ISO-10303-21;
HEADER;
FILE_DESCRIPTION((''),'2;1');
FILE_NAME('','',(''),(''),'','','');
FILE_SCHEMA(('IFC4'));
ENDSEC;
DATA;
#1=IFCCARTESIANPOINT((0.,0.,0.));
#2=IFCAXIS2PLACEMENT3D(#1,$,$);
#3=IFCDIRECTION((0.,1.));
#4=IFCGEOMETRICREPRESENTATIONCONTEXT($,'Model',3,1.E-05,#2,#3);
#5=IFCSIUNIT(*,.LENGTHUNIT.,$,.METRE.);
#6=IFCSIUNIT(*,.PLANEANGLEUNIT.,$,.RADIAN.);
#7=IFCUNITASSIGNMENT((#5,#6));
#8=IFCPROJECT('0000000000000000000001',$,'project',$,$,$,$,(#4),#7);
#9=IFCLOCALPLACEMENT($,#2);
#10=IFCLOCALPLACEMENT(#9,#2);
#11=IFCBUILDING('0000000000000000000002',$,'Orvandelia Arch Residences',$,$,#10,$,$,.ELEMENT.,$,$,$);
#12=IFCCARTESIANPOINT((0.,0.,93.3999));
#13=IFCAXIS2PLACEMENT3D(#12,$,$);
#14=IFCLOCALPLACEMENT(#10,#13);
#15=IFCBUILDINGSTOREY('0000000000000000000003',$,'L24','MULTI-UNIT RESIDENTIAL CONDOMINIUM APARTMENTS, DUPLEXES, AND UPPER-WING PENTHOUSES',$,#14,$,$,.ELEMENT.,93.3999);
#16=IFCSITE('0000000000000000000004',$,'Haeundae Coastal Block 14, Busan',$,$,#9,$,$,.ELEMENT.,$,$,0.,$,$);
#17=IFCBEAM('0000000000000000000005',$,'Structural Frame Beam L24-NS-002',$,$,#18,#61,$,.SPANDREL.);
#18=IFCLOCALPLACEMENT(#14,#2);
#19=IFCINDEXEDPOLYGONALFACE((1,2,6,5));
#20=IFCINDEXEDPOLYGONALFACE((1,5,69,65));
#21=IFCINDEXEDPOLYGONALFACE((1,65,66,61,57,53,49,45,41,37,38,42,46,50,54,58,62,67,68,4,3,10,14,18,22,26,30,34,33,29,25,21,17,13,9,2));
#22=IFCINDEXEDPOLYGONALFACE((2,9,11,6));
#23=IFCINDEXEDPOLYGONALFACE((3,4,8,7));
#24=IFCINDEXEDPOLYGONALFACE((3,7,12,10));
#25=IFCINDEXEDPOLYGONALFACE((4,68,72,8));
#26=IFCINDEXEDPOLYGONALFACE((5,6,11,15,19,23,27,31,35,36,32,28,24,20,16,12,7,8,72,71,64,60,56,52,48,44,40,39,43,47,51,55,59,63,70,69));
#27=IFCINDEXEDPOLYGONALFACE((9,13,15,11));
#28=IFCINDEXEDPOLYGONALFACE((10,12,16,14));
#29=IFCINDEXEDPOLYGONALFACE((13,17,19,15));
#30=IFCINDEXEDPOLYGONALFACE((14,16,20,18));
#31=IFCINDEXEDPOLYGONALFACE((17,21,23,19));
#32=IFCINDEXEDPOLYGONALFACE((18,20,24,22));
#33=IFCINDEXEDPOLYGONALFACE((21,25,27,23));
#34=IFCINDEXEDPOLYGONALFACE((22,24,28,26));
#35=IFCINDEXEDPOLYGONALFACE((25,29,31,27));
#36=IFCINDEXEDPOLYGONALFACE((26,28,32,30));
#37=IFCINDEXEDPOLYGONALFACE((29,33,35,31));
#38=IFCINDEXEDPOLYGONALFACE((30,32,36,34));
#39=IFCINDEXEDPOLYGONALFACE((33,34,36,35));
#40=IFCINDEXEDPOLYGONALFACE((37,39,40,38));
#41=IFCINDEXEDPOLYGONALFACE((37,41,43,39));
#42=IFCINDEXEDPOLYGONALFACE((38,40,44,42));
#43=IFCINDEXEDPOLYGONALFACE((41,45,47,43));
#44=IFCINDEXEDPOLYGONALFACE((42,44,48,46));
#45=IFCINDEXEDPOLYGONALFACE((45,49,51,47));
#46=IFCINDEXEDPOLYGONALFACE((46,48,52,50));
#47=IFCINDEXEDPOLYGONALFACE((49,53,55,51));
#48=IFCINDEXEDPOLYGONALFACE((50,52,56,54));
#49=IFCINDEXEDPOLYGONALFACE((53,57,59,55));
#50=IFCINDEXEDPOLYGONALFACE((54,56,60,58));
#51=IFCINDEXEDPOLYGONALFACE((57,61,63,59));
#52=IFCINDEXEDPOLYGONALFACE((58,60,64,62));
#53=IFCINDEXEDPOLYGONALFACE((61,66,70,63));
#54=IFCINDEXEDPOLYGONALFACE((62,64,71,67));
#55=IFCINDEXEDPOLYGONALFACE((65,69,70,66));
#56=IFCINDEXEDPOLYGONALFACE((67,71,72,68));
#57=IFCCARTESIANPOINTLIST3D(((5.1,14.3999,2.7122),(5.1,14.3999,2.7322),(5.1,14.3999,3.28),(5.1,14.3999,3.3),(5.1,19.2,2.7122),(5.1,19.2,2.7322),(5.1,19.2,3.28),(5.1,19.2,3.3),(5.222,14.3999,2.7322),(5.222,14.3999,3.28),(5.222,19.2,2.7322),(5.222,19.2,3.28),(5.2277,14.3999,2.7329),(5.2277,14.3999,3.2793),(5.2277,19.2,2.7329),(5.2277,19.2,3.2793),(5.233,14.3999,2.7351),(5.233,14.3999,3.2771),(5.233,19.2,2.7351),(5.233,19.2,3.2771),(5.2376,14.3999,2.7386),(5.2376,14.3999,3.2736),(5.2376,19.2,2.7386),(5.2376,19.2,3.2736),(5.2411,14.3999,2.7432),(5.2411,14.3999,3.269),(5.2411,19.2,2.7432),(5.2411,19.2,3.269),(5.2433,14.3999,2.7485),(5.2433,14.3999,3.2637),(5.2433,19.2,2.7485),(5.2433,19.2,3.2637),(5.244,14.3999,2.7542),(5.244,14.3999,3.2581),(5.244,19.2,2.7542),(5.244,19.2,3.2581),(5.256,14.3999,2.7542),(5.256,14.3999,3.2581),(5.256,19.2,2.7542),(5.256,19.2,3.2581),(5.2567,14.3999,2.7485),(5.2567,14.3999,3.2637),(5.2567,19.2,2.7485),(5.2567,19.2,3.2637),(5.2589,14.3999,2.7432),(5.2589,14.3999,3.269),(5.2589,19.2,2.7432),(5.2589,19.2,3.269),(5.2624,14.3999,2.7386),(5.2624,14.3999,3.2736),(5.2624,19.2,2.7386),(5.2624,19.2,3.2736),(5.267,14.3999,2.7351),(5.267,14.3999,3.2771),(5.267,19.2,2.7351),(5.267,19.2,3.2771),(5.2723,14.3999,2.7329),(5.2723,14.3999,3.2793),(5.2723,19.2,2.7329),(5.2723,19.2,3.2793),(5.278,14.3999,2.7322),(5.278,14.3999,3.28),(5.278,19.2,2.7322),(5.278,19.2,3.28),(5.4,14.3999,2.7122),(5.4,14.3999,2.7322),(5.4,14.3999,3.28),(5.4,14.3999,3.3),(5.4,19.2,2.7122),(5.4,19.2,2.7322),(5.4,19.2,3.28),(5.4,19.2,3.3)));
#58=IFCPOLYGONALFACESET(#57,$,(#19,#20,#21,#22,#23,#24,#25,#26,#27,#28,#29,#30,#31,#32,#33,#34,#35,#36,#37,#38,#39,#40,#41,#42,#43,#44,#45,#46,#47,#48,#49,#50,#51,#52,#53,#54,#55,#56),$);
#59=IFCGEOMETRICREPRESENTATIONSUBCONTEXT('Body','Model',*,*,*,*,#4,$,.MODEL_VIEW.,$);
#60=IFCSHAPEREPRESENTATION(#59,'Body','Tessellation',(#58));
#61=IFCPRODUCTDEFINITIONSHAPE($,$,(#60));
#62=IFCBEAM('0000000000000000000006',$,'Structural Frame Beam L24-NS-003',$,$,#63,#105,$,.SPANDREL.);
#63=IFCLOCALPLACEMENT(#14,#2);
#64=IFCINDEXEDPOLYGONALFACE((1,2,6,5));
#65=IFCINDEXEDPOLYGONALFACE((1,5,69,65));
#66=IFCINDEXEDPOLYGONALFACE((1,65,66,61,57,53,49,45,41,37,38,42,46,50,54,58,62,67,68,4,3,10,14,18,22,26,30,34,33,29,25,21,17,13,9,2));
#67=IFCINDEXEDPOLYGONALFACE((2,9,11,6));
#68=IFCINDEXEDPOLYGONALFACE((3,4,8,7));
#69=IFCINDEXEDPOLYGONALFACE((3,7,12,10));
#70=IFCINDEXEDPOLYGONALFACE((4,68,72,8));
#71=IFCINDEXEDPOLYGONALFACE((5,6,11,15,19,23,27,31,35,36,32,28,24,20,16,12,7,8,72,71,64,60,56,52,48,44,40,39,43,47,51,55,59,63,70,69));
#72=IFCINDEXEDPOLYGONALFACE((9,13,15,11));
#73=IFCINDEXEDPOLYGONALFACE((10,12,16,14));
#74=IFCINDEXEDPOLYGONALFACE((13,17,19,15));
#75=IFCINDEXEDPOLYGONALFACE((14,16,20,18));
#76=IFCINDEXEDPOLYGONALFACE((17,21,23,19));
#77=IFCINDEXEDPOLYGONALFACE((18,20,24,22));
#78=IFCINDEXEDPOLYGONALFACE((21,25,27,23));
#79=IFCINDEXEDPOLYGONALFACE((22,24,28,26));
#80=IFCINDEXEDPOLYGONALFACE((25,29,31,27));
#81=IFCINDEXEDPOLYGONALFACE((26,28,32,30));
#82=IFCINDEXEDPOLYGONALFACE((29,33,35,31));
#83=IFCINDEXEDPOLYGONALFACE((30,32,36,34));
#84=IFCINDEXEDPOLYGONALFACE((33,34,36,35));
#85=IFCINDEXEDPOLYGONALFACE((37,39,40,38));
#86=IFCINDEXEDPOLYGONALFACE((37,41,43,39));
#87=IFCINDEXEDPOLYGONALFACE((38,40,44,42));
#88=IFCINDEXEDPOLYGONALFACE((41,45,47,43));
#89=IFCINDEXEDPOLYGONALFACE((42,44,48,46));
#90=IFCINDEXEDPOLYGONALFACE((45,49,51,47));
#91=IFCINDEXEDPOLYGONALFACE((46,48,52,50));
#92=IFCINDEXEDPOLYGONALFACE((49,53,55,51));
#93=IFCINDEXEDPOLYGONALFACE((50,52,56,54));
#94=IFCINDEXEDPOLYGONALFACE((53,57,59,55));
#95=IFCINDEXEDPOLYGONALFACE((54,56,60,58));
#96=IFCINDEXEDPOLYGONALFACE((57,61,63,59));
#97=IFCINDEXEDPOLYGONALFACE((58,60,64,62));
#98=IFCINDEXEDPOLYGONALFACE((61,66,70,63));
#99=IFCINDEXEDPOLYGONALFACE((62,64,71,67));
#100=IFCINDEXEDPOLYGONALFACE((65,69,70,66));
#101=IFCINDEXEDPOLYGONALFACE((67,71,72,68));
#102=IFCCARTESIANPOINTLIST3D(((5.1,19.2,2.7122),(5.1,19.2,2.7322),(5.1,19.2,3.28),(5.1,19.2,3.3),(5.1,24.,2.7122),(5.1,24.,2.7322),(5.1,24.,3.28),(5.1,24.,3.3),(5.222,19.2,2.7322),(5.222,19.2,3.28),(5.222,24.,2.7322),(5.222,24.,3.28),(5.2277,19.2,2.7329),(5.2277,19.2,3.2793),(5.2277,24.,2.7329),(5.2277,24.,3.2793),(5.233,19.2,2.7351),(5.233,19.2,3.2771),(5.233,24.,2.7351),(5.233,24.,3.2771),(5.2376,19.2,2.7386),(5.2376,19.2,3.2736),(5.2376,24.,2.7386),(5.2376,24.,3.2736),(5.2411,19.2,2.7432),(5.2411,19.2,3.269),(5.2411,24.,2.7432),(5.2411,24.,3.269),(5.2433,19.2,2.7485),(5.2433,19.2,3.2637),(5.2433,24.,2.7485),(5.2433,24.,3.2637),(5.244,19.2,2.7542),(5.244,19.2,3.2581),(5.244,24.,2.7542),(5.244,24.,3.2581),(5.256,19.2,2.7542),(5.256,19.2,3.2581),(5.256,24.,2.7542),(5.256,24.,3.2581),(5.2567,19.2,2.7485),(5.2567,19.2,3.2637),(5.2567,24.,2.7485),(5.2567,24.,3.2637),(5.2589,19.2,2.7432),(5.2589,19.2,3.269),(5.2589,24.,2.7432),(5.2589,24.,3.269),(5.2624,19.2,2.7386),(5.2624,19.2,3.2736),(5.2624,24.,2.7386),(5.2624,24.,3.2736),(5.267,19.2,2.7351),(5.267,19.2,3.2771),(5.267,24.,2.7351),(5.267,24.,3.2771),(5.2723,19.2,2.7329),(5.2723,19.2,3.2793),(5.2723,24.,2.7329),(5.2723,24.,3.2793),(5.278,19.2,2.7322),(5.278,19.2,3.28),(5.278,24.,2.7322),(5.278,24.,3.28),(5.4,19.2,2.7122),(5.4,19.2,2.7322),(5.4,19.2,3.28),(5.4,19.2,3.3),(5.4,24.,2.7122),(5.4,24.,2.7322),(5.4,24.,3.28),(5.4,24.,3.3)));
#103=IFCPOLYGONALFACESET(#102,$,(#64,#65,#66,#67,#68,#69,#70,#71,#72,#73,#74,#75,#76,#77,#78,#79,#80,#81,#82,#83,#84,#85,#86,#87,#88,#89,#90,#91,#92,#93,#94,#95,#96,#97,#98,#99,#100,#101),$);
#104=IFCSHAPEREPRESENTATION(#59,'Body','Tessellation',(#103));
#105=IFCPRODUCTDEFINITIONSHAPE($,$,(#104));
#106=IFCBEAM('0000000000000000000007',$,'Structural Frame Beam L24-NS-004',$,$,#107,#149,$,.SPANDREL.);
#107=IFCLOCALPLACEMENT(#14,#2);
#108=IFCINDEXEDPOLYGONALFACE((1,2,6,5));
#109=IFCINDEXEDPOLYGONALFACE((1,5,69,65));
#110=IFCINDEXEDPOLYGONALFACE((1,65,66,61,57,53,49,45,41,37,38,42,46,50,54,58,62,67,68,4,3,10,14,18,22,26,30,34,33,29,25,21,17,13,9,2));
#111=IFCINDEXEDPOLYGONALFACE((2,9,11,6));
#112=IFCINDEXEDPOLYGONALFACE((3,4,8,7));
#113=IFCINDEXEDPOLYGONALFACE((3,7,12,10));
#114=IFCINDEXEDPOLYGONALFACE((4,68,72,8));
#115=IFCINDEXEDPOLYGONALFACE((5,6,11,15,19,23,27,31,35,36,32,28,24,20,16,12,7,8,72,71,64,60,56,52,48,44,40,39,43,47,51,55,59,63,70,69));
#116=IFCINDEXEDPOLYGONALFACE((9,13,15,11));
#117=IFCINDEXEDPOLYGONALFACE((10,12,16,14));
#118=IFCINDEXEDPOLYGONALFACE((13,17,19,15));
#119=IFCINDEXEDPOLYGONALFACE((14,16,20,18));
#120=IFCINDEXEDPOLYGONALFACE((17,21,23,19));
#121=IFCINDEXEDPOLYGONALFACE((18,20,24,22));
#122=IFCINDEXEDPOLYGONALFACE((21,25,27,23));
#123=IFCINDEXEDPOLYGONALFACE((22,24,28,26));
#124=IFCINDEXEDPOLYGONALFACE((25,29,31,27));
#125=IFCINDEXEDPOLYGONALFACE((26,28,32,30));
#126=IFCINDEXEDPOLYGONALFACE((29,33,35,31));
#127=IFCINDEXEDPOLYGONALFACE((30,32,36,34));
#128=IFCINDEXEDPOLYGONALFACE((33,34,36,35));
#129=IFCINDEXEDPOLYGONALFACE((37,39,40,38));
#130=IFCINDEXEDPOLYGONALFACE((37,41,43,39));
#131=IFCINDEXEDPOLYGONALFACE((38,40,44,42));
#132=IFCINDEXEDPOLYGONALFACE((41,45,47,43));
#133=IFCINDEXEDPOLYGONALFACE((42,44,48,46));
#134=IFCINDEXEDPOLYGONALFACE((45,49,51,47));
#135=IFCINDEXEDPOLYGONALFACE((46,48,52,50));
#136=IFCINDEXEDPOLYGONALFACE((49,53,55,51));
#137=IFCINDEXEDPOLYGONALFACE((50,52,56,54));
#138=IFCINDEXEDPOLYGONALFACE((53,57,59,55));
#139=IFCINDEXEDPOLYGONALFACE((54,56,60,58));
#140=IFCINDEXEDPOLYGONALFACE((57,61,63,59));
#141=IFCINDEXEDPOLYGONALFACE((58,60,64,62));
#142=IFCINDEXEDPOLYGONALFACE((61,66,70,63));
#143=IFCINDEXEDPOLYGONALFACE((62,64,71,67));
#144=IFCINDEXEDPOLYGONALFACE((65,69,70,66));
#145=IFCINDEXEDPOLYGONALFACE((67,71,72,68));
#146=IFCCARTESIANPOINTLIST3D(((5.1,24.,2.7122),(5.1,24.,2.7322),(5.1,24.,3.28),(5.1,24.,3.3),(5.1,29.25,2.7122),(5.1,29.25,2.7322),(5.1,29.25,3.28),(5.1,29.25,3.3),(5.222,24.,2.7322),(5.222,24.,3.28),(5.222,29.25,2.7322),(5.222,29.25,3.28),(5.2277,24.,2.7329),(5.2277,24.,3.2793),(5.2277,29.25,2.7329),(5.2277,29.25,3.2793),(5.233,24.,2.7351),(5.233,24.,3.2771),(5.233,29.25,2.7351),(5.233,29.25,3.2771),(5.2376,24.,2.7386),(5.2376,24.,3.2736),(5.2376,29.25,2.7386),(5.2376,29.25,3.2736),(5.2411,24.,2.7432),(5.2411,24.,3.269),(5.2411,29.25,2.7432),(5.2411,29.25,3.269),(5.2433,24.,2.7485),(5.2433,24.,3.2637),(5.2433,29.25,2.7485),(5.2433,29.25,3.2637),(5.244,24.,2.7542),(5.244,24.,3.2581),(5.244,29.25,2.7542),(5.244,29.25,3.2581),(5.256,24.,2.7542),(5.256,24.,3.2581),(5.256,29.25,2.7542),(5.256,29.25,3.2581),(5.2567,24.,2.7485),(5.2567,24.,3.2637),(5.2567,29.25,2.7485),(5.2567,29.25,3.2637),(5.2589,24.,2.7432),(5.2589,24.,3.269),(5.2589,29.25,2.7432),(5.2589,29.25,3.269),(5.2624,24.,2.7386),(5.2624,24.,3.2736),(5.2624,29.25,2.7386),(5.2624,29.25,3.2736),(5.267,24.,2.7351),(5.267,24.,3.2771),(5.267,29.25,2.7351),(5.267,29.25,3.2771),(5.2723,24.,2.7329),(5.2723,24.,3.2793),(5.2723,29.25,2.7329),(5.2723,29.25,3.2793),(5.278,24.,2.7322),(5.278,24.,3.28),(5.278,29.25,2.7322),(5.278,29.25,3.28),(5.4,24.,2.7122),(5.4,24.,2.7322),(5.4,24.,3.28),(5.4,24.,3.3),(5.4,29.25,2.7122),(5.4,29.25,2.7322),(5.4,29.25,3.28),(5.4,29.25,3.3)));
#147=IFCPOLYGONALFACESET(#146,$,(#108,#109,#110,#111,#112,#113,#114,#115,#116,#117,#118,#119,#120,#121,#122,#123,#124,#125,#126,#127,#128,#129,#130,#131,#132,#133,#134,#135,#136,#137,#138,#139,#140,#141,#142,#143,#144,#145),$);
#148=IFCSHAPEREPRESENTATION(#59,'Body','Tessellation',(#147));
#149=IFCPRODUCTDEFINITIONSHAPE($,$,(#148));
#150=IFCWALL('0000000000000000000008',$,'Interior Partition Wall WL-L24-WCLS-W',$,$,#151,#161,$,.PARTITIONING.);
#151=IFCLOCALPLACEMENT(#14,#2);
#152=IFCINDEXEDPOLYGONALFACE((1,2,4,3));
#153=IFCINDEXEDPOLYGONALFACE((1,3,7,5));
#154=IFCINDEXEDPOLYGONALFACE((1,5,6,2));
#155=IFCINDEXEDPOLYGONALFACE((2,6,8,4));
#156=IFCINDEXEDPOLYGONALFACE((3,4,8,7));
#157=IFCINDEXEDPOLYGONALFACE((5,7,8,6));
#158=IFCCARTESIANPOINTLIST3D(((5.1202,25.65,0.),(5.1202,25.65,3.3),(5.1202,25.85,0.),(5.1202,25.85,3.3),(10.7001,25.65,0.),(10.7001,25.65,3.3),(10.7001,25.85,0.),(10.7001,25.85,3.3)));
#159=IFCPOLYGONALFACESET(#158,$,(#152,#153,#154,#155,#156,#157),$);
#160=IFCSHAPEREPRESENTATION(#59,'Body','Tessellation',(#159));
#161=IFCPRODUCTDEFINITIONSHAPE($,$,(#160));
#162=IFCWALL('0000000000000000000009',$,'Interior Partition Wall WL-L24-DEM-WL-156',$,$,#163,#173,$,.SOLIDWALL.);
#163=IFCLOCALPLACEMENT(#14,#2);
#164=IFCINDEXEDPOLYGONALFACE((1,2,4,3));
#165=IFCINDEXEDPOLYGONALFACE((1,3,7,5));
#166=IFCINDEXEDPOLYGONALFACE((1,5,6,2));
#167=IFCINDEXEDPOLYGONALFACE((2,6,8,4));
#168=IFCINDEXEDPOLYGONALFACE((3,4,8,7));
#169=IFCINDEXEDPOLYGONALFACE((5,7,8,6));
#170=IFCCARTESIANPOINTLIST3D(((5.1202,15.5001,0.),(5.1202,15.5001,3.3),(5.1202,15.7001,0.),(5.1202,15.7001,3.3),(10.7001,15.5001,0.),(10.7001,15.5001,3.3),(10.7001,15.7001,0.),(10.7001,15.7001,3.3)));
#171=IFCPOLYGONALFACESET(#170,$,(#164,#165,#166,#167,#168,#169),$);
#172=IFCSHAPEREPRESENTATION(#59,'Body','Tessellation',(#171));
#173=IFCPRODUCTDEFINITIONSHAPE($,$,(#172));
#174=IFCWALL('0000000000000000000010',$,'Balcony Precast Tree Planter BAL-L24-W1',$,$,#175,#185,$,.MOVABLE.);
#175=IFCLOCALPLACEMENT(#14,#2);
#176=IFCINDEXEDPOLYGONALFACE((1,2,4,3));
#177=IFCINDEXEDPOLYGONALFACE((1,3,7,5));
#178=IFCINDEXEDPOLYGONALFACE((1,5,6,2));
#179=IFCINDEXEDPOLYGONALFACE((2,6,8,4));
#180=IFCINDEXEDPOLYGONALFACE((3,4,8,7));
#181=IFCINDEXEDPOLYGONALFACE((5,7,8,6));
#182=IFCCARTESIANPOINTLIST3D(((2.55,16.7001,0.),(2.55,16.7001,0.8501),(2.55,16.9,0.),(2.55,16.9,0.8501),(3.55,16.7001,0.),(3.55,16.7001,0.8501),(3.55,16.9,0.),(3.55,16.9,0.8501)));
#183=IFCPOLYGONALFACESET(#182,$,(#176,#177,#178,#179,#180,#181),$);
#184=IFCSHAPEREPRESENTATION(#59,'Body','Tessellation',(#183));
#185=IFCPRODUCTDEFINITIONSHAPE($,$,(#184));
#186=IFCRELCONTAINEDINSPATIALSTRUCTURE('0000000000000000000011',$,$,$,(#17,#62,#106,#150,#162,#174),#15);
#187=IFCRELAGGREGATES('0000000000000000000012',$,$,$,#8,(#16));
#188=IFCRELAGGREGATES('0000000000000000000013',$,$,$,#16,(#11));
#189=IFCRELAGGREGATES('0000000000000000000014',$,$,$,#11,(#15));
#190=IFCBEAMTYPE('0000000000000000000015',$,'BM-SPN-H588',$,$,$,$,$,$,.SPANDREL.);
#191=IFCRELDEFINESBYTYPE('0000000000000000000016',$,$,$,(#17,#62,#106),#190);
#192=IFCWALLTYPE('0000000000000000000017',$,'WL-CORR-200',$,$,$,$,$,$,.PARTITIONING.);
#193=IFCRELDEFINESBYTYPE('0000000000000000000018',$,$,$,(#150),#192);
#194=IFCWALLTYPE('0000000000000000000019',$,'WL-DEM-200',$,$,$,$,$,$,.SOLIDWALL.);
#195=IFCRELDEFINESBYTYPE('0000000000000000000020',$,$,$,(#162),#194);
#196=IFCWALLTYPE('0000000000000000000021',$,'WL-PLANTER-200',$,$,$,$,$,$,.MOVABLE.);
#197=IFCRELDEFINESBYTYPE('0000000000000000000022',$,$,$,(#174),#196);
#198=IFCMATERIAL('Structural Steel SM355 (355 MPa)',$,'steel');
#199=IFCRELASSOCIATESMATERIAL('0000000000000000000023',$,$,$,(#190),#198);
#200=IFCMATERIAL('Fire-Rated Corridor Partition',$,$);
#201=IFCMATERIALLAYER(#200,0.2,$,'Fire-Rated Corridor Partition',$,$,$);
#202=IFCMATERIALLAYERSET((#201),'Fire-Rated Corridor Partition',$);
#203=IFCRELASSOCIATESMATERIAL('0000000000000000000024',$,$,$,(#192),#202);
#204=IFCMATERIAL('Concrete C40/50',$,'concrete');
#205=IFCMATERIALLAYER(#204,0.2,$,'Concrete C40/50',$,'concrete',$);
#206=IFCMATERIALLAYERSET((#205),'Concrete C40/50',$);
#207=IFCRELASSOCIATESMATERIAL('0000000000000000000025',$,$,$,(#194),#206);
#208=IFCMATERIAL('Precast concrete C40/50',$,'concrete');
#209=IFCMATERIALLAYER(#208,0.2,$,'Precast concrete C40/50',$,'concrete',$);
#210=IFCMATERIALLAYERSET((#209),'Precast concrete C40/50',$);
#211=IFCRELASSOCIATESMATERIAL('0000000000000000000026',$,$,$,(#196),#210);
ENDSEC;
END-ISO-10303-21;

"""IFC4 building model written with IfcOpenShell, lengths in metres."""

from ifc_helpers import new_model, si_unit, direction, frame, frame_2d, origin, origin_2d, place, context, subcontext, project, spatial, rectangle, i_section, extrude, material, layer, layer_set, material_profile, profile_set, type_object, element, save


model = new_model("IFC4")

# Units and contexts
model_context = context("Model", 3, precision=1e-05, world=origin(), true_north=direction((0.0, 1.0)))
body_context = subcontext(model_context, "Body", "Model", "MODEL_VIEW")
ifc_project = project(units=[si_unit("LENGTHUNIT", "METRE"), si_unit("PLANEANGLEUNIT", "RADIAN")], contexts=[model_context])

# Site, building, storey
site_placement = place(None, origin())
site = spatial("IfcSite", under=ifc_project, at=site_placement, Name="Haeundae Coastal Block 14, Busan", CompositionType="ELEMENT", RefElevation=0.0)
building_placement = place(site_placement, origin())
building = spatial("IfcBuilding", under=site, at=building_placement, Name="Orvandelia Arch Residences", CompositionType="ELEMENT")
storey_placement = place(building_placement, frame((0.0, 0.0, 93.3999)))
storey = spatial("IfcBuildingStorey", under=building, at=storey_placement, Name="L24", Description="MULTI-UNIT RESIDENTIAL CONDOMINIUM APARTMENTS, DUPLEXES, AND UPPER-WING PENTHOUSES", CompositionType="ELEMENT", Elevation=93.3999)

# Beams
ifc_material_1 = material(Name="Structural Steel SM355 (355 MPa)", Category="steel")
ifc_material_profile_1 = material_profile(ifc_material_1, i_section(OverallWidth=0.3, OverallDepth=0.5879, WebThickness=0.012, FlangeThickness=0.02, FilletRadius=0.022, at=origin_2d()), Name="Structural Steel SM355 (355 MPa)", Category="steel")
ifc_profile_set_1 = profile_set([ifc_material_profile_1], Name="Structural Steel SM355 (355 MPa)")
beam_type_1 = type_object("IfcBeamType", Name="BM-SPN-H588", PredefinedType="SPANDREL", material=ifc_profile_set_1)
for number, where, z_axis, x_axis, name in (
    (1, (5.25, 14.3999, 3.0061), (0.0, 1.0, 0.0), (-1.0, 0.0, 0.0), "Structural Frame Beam L24-NS-002"),
    (2, (5.25, 19.2, 3.0061), (0.0, 1.0, 0.0), (-1.0, 0.0, 0.0), "Structural Frame Beam L24-NS-003"),
):
    element("IfcBeam", number, at=place(storey_placement, frame(where, z_axis=z_axis, x_axis=x_axis)), inside=storey, type_object=beam_type_1, Name=name, PredefinedType="SPANDREL", context=body_context, shape_type="SweptSolid", body=[
        extrude(i_section(OverallWidth=0.3, OverallDepth=0.5879, WebThickness=0.012, FlangeThickness=0.02, FilletRadius=0.022, at=origin_2d()), origin(), (0.0, 0.0, 1.0), 4.8),
    ])
beam_placement = place(storey_placement, frame((5.25, 24.0, 3.0061), z_axis=(0.0, 1.0, 0.0), x_axis=(-1.0, 0.0, 0.0)))
element("IfcBeam", 3, at=beam_placement, inside=storey, type_object=beam_type_1, Name="Structural Frame Beam L24-NS-004", PredefinedType="SPANDREL", context=body_context, shape_type="SweptSolid", body=[
    extrude(i_section(OverallWidth=0.3, OverallDepth=0.5879, WebThickness=0.012, FlangeThickness=0.02, FilletRadius=0.022, at=origin_2d()), origin(), (0.0, 0.0, 1.0), 5.25),
])

# Walls
ifc_material_2 = material(Name="Fire-Rated Corridor Partition")
ifc_layer_1 = layer(ifc_material_2, 0.2, Name="Fire-Rated Corridor Partition")
ifc_layer_set_1 = layer_set([ifc_layer_1], Name="Fire-Rated Corridor Partition")
wall_type_1 = type_object("IfcWallType", Name="WL-CORR-200", PredefinedType="PARTITIONING", material=ifc_layer_set_1)
wall_1_placement = place(storey_placement, frame((5.1201, 25.75, 0.0), z_axis=(0.0, 0.0, 1.0), x_axis=(1.0, 0.0, 0.0)))
element("IfcWall", 4, at=wall_1_placement, inside=storey, type_object=wall_type_1, Name="Interior Partition Wall WL-L24-WCLS-W", PredefinedType="PARTITIONING", context=body_context, shape_type="SweptSolid", body=[
    extrude(rectangle(XDim=5.5798, YDim=0.2, at=frame_2d((2.79, 0.0))), origin(), (0.0, 0.0, 1.0), 3.3),
])
ifc_material_3 = material(Name="Concrete C40/50", Category="concrete")
ifc_layer_2 = layer(ifc_material_3, 0.2, Name="Concrete C40/50", Category="concrete")
ifc_layer_set_2 = layer_set([ifc_layer_2], Name="Concrete C40/50")
wall_type_2 = type_object("IfcWallType", Name="WL-DEM-200", PredefinedType="SOLIDWALL", material=ifc_layer_set_2)
wall_2_placement = place(storey_placement, frame((5.1201, 15.6001, 0.0), z_axis=(0.0, 0.0, 1.0), x_axis=(1.0, 0.0, 0.0)))
element("IfcWall", 5, at=wall_2_placement, inside=storey, type_object=wall_type_2, Name="Interior Partition Wall WL-L24-DEM-WL-156", PredefinedType="SOLIDWALL", context=body_context, shape_type="SweptSolid", body=[
    extrude(rectangle(XDim=5.5798, YDim=0.2, at=frame_2d((2.79, 0.0))), origin(), (0.0, 0.0, 1.0), 3.3),
])
ifc_material_4 = material(Name="Precast concrete C40/50", Category="concrete")
ifc_layer_3 = layer(ifc_material_4, 0.2, Name="Precast concrete C40/50", Category="concrete")
ifc_layer_set_3 = layer_set([ifc_layer_3], Name="Precast concrete C40/50")
wall_type_3 = type_object("IfcWallType", Name="WL-PLANTER-200", PredefinedType="MOVABLE", material=ifc_layer_set_3)
wall_3_placement = place(storey_placement, frame((2.55, 16.8, 0.0), z_axis=(0.0, 0.0, 1.0), x_axis=(1.0, 0.0, 0.0)))
element("IfcWall", 6, at=wall_3_placement, inside=storey, type_object=wall_type_3, Name="Balcony Precast Tree Planter BAL-L24-W1", PredefinedType="MOVABLE", context=body_context, shape_type="SweptSolid", body=[
    extrude(rectangle(XDim=1.0, YDim=0.2, at=frame_2d((0.5, 0.0))), origin(), (0.0, 0.0, 1.0), 0.8501),
])

save(model, "model.ifc")
